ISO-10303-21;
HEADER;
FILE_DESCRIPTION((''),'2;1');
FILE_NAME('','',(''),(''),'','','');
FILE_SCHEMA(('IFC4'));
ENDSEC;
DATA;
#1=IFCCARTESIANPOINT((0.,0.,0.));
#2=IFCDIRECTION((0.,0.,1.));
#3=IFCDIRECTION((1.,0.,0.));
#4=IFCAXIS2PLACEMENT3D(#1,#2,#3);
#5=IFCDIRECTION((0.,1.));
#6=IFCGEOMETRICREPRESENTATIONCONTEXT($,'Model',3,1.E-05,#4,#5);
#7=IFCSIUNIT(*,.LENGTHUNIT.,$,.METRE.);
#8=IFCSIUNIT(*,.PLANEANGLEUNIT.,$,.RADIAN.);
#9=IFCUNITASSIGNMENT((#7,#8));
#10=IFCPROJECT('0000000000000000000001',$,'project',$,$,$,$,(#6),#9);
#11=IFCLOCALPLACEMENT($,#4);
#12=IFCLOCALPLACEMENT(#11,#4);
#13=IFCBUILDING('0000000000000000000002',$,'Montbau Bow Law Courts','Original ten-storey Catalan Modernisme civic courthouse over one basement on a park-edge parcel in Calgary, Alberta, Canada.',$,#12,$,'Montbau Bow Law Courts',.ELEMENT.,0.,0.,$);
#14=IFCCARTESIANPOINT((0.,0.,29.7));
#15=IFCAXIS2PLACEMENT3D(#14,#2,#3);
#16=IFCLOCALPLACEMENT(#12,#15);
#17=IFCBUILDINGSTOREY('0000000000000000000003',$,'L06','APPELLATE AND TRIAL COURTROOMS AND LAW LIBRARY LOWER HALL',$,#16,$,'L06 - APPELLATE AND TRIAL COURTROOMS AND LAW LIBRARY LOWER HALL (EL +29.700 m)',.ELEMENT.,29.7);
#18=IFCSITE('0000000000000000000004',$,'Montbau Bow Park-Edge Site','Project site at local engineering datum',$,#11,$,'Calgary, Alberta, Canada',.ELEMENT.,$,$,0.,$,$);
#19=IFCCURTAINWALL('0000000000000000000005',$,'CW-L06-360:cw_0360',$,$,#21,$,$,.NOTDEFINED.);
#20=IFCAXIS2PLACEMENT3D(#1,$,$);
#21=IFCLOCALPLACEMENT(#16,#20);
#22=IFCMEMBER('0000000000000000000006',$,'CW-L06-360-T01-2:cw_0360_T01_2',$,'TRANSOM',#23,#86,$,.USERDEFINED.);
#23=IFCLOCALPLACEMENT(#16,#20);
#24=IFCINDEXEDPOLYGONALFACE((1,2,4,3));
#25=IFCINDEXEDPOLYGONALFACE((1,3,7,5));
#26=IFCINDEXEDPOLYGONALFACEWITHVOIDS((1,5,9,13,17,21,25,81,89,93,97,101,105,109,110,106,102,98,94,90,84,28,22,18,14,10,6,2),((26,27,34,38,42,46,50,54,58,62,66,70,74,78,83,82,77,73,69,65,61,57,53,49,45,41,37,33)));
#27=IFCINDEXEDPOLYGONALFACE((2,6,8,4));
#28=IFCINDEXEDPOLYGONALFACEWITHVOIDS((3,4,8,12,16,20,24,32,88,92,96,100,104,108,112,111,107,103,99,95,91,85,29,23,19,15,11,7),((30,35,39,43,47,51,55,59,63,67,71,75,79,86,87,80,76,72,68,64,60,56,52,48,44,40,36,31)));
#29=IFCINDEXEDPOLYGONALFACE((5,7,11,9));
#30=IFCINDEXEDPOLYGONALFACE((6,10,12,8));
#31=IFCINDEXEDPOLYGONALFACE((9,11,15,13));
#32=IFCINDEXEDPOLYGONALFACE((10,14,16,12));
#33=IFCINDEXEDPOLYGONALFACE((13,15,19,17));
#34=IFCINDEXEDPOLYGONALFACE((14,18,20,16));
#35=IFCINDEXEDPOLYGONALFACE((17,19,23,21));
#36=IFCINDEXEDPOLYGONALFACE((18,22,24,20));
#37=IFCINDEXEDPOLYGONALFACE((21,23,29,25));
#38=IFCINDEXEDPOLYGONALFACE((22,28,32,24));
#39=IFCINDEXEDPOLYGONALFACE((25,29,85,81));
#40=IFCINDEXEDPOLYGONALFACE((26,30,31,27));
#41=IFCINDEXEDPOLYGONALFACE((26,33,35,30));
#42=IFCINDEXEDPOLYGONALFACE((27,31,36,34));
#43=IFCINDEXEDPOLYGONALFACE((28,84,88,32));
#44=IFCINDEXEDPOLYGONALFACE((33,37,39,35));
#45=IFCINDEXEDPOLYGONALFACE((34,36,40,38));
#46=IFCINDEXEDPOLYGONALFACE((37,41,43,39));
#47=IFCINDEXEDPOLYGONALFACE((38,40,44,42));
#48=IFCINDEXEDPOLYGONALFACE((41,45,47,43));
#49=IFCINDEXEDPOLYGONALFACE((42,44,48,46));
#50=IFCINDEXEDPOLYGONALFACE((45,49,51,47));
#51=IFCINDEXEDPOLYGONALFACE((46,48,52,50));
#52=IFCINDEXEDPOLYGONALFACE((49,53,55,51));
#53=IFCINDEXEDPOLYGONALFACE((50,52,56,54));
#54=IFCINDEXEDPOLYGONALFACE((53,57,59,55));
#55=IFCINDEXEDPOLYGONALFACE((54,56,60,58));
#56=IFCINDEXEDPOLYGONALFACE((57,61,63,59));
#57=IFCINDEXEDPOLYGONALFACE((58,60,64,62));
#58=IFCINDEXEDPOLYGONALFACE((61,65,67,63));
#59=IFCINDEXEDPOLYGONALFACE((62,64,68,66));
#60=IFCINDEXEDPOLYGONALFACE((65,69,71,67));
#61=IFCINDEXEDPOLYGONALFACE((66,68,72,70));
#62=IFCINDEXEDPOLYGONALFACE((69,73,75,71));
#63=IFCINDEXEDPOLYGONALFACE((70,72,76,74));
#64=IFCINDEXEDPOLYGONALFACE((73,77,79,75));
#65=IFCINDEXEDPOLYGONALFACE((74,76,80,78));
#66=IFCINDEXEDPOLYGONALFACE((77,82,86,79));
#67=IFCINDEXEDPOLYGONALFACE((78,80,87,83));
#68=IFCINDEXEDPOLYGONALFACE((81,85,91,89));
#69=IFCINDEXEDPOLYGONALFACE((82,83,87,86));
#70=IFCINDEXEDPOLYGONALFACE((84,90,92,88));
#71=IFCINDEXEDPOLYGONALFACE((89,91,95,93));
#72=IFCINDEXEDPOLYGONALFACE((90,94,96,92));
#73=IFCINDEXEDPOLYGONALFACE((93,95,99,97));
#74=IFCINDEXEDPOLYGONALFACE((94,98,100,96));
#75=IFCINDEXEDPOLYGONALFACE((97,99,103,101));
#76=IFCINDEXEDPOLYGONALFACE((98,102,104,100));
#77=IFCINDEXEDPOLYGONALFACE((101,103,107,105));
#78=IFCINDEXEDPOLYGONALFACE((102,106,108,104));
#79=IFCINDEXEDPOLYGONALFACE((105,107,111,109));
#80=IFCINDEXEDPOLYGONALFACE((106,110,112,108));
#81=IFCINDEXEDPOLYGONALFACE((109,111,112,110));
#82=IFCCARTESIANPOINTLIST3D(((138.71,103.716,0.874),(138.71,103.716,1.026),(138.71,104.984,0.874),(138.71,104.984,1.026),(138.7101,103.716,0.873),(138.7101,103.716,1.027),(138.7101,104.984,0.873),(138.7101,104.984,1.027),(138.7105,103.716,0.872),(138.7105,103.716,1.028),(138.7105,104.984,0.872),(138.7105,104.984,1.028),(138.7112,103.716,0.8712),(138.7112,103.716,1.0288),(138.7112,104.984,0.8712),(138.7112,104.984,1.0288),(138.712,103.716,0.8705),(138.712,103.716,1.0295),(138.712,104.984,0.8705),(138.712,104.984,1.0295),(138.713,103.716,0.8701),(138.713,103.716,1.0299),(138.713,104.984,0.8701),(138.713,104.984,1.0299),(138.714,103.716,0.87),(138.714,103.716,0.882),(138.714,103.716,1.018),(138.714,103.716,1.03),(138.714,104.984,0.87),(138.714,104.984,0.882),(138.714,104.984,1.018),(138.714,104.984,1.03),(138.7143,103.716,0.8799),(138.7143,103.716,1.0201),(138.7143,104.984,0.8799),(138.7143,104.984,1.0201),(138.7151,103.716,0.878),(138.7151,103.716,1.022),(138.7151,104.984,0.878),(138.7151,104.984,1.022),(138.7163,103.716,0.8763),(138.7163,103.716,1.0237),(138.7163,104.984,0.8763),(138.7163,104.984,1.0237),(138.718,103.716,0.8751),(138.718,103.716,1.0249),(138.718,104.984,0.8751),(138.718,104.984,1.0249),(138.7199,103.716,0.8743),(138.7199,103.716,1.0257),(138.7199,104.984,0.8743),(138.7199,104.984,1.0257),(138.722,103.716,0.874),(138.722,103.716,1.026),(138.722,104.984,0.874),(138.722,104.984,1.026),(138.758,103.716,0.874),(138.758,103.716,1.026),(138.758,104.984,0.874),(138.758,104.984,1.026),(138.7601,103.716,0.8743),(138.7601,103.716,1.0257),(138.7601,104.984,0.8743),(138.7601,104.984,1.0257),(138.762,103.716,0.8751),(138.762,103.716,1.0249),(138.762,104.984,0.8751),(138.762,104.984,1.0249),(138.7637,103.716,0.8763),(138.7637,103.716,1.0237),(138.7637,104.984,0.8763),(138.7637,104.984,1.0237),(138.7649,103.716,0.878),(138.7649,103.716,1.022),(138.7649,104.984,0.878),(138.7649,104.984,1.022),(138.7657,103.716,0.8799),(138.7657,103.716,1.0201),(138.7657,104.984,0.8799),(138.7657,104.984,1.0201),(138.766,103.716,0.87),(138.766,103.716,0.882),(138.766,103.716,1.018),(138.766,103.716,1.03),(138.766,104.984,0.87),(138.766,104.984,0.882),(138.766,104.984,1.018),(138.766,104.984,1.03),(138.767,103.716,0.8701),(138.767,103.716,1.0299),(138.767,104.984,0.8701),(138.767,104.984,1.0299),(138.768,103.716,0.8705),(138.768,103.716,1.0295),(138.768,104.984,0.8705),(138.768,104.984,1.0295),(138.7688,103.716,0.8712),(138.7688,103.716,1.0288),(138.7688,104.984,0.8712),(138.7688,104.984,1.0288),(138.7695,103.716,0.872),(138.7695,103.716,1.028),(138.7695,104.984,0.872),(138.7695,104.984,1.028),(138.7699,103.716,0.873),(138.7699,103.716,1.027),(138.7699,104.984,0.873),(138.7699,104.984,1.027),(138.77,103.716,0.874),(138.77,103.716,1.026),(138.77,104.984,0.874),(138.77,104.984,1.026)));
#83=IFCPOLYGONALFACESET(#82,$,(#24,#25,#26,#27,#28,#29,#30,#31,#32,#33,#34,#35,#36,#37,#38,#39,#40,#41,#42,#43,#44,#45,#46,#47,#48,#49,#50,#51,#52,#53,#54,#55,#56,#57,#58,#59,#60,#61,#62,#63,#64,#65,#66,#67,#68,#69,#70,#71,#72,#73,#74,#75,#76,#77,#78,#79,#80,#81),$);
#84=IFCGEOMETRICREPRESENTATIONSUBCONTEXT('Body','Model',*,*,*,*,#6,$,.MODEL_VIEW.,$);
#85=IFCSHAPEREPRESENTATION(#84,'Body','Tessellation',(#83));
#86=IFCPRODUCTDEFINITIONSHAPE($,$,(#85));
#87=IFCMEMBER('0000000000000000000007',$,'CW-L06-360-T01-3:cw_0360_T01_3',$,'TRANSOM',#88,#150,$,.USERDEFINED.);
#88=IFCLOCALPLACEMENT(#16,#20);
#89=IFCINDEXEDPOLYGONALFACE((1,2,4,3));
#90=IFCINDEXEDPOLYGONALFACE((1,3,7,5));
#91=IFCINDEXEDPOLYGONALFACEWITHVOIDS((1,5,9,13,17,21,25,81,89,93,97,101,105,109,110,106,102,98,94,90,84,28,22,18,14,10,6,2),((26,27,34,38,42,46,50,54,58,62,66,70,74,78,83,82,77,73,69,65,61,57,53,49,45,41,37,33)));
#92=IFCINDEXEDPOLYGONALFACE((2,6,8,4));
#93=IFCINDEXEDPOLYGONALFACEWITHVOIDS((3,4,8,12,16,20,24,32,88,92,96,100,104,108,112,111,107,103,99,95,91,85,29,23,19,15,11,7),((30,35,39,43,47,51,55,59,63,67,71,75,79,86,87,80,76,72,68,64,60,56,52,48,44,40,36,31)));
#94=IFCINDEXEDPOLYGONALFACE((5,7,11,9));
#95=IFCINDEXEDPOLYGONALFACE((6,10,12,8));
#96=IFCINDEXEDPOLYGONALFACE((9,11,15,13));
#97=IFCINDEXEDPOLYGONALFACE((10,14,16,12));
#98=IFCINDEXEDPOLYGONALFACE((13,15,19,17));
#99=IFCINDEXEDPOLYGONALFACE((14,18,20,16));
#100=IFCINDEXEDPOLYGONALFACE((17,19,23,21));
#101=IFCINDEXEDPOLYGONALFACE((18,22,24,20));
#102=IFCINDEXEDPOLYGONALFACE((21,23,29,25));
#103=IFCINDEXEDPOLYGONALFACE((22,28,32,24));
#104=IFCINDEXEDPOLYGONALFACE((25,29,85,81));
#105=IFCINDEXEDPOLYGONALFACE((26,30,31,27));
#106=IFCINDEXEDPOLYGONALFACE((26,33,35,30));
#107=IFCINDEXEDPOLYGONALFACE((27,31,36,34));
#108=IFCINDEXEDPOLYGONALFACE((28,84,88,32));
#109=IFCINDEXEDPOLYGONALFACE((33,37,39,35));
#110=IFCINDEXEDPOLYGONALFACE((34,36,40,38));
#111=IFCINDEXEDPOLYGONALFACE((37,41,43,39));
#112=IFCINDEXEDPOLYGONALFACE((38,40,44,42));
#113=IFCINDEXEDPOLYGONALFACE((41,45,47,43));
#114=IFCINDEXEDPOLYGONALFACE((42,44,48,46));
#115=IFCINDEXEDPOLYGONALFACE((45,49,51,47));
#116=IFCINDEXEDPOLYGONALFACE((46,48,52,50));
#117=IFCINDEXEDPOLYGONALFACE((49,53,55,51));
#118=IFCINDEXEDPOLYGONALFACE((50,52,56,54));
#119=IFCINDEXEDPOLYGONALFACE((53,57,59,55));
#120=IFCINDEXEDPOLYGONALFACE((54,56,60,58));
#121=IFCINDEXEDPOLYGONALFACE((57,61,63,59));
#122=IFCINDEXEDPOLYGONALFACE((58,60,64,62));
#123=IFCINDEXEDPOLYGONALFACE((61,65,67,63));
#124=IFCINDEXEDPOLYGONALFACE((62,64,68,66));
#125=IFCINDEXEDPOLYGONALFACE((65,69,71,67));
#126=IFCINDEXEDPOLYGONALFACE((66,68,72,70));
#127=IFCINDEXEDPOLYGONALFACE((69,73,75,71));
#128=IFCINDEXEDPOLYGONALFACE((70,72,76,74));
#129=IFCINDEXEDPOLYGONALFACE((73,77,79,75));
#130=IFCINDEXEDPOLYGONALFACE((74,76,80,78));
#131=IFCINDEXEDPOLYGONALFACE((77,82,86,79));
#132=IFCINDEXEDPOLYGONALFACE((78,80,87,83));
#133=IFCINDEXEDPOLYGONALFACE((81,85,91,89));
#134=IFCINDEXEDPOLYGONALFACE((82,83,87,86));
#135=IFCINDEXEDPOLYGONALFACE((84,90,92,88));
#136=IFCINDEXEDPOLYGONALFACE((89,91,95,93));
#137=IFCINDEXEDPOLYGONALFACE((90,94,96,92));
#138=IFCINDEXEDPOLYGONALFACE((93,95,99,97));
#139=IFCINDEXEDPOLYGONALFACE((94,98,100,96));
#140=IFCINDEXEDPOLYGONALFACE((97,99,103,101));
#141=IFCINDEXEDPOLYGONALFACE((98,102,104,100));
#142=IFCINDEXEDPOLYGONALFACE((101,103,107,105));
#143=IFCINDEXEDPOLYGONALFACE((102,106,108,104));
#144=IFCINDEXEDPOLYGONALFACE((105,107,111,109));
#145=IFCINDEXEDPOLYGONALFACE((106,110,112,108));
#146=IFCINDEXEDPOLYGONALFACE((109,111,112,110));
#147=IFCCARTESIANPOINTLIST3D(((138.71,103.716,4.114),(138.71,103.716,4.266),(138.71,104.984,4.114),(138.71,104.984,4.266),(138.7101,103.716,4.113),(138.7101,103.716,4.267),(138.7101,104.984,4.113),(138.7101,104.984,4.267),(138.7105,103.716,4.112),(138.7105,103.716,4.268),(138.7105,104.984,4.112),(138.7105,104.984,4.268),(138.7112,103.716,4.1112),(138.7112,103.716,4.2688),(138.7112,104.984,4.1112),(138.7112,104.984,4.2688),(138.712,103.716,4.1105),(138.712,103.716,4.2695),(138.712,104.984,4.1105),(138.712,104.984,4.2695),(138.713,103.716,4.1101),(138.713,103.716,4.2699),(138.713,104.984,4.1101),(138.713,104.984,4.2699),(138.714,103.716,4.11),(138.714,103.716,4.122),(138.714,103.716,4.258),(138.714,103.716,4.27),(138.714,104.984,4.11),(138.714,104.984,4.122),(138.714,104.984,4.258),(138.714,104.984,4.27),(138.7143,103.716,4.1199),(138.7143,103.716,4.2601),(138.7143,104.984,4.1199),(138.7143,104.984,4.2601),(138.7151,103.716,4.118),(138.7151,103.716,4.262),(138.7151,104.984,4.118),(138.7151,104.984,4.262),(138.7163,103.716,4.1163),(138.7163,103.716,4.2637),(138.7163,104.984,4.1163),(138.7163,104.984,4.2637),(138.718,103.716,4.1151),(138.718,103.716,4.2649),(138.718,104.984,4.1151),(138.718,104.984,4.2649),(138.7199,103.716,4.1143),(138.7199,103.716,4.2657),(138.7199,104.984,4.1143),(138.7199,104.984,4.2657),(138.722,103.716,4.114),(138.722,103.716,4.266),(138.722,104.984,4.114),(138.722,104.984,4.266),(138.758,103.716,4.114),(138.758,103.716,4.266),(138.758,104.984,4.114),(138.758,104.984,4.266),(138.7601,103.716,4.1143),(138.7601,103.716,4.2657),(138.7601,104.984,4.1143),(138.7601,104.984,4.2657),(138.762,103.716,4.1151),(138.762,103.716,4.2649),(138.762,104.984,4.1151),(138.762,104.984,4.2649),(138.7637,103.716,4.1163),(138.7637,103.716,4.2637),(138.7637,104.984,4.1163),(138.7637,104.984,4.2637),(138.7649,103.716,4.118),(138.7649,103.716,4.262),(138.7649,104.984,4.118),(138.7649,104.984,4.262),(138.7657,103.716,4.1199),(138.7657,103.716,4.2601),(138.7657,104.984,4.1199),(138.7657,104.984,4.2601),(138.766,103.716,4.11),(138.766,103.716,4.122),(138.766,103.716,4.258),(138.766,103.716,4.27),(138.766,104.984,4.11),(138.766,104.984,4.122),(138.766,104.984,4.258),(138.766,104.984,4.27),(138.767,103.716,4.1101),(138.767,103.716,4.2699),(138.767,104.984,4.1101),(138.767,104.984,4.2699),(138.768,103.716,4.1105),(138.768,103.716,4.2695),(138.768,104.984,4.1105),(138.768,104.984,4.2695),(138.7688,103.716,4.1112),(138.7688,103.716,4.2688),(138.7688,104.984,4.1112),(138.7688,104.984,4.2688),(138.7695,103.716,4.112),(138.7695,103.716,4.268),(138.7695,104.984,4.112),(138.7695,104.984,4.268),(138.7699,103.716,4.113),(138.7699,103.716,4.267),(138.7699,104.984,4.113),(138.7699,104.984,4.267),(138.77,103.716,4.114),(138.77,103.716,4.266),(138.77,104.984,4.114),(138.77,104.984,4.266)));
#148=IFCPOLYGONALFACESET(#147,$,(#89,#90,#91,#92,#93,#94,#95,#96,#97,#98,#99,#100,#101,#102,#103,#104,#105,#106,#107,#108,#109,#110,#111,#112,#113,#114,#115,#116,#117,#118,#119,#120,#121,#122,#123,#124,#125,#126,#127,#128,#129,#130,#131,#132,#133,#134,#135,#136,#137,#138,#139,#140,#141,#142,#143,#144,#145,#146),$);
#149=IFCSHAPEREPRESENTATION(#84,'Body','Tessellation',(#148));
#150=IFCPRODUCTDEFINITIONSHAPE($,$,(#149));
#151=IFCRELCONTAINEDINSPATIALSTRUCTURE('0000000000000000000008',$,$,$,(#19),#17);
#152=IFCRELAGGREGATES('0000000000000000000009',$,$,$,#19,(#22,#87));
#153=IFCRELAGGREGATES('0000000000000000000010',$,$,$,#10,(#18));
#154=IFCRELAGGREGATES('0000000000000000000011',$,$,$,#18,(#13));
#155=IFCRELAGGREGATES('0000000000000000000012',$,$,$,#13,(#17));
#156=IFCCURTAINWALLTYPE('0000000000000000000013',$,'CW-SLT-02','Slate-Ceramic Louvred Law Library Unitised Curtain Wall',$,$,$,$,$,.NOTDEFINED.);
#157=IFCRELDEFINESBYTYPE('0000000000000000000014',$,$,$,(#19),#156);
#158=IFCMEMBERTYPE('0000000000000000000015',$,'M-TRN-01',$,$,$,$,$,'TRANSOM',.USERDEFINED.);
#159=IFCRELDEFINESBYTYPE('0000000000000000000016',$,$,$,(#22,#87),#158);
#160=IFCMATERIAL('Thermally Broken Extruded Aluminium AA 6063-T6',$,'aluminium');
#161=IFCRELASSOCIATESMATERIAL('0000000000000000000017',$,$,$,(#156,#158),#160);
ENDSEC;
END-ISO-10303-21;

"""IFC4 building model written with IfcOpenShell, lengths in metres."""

from ifc_helpers import new_model, si_unit, direction, frame, origin_with_axes, origin_2d_with_axis, place, context, subcontext, project, spatial, hollow_rectangle, extrude, material, material_profile, profile_set, type_object, element, aggregate, save


model = new_model("IFC4")

# Units and contexts
model_context = context("Model", 3, precision=1e-05, world=origin_with_axes(), true_north=direction((0.0, 1.0)))
body_context = subcontext(model_context, "Body", "Model", "MODEL_VIEW")
ifc_project = project(units=[si_unit("LENGTHUNIT", "METRE"), si_unit("PLANEANGLEUNIT", "RADIAN")], contexts=[model_context])

# Site, building, storey
site_placement = place(None, origin_with_axes())
site = spatial("IfcSite", under=ifc_project, at=site_placement, Name="Montbau Bow Park-Edge Site", Description="Project site at local engineering datum", LongName="Calgary, Alberta, Canada", CompositionType="ELEMENT", RefElevation=0.0)
building_placement = place(site_placement, origin_with_axes())
building = spatial("IfcBuilding", under=site, at=building_placement, Name="Montbau Bow Law Courts", Description="Original ten-storey Catalan Modernisme civic courthouse over one basement on a park-edge parcel in Calgary, Alberta, Canada.", LongName="Montbau Bow Law Courts", CompositionType="ELEMENT", ElevationOfRefHeight=0.0, ElevationOfTerrain=0.0)
storey_placement = place(building_placement, frame((0.0, 0.0, 29.7), z_axis=(0.0, 0.0, 1.0), x_axis=(1.0, 0.0, 0.0)))
storey = spatial("IfcBuildingStorey", under=building, at=storey_placement, Name="L06", Description="APPELLATE AND TRIAL COURTROOMS AND LAW LIBRARY LOWER HALL", LongName="L06 - APPELLATE AND TRIAL COURTROOMS AND LAW LIBRARY LOWER HALL (EL +29.700 m)", CompositionType="ELEMENT", Elevation=29.7)

# Curtain wall, members
ifc_material_1 = material(Name="Thermally Broken Extruded Aluminium AA 6063-T6", Category="aluminium")
curtain_wall_type = type_object("IfcCurtainWallType", Name="CW-SLT-02", Description="Slate-Ceramic Louvred Law Library Unitised Curtain Wall", PredefinedType="NOTDEFINED", material=ifc_material_1)
curtain_wall_placement = place(None, frame((138.74, 103.64, 29.7), z_axis=(0.0, 0.0, 1.0), x_axis=(1.0, 0.0, 0.0)))
curtain_wall = element("IfcCurtainWall", 1, at=curtain_wall_placement, inside=storey, type_object=curtain_wall_type, Name="CW-L06-360:cw_0360", PredefinedType="NOTDEFINED")
ifc_material_profile_1 = material_profile(ifc_material_1, hollow_rectangle(XDim=0.06, YDim=0.16, WallThickness=0.004, InnerFilletRadius=0.008, OuterFilletRadius=0.004, at=origin_2d_with_axis()), Name="CWT-160X60", Category="Main", Priority=0)
ifc_profile_set_1 = profile_set([ifc_material_profile_1], Name="Thermally Broken Extruded Aluminium AA 6063-T6")
member_type_1 = type_object("IfcMemberType", Name="M-TRN-01", ElementType="TRANSOM", PredefinedType="USERDEFINED", material=ifc_profile_set_1)
member_1_placement = place(None, frame((138.74, 103.716, 30.65), z_axis=(0.0, 1.0, 0.0), x_axis=(-1.0, 0.0, 0.0)))
member_1 = element("IfcMember", 2, at=member_1_placement, type_object=member_type_1, Name="CW-L06-360-T01-2:cw_0360_T01_2", ObjectType="TRANSOM", PredefinedType="USERDEFINED", context=body_context, shape_type="SweptSolid", body=[
    extrude(hollow_rectangle(XDim=0.06, YDim=0.16, WallThickness=0.004, InnerFilletRadius=0.008, OuterFilletRadius=0.004, at=origin_2d_with_axis()), origin_with_axes(), (0.0, 0.0, 1.0), 1.268),
])
member_2_placement = place(None, frame((138.74, 103.716, 33.89), z_axis=(0.0, 1.0, 0.0), x_axis=(-1.0, 0.0, 0.0)))
member_2 = element("IfcMember", 3, at=member_2_placement, type_object=member_type_1, Name="CW-L06-360-T01-3:cw_0360_T01_3", ObjectType="TRANSOM", PredefinedType="USERDEFINED", context=body_context, shape_type="SweptSolid", body=[
    extrude(hollow_rectangle(XDim=0.06, YDim=0.16, WallThickness=0.004, InnerFilletRadius=0.008, OuterFilletRadius=0.004, at=origin_2d_with_axis()), origin_with_axes(), (0.0, 0.0, 1.0), 1.268),
])
aggregate(curtain_wall, [member_1, member_2])

save(model, "model.ifc")
